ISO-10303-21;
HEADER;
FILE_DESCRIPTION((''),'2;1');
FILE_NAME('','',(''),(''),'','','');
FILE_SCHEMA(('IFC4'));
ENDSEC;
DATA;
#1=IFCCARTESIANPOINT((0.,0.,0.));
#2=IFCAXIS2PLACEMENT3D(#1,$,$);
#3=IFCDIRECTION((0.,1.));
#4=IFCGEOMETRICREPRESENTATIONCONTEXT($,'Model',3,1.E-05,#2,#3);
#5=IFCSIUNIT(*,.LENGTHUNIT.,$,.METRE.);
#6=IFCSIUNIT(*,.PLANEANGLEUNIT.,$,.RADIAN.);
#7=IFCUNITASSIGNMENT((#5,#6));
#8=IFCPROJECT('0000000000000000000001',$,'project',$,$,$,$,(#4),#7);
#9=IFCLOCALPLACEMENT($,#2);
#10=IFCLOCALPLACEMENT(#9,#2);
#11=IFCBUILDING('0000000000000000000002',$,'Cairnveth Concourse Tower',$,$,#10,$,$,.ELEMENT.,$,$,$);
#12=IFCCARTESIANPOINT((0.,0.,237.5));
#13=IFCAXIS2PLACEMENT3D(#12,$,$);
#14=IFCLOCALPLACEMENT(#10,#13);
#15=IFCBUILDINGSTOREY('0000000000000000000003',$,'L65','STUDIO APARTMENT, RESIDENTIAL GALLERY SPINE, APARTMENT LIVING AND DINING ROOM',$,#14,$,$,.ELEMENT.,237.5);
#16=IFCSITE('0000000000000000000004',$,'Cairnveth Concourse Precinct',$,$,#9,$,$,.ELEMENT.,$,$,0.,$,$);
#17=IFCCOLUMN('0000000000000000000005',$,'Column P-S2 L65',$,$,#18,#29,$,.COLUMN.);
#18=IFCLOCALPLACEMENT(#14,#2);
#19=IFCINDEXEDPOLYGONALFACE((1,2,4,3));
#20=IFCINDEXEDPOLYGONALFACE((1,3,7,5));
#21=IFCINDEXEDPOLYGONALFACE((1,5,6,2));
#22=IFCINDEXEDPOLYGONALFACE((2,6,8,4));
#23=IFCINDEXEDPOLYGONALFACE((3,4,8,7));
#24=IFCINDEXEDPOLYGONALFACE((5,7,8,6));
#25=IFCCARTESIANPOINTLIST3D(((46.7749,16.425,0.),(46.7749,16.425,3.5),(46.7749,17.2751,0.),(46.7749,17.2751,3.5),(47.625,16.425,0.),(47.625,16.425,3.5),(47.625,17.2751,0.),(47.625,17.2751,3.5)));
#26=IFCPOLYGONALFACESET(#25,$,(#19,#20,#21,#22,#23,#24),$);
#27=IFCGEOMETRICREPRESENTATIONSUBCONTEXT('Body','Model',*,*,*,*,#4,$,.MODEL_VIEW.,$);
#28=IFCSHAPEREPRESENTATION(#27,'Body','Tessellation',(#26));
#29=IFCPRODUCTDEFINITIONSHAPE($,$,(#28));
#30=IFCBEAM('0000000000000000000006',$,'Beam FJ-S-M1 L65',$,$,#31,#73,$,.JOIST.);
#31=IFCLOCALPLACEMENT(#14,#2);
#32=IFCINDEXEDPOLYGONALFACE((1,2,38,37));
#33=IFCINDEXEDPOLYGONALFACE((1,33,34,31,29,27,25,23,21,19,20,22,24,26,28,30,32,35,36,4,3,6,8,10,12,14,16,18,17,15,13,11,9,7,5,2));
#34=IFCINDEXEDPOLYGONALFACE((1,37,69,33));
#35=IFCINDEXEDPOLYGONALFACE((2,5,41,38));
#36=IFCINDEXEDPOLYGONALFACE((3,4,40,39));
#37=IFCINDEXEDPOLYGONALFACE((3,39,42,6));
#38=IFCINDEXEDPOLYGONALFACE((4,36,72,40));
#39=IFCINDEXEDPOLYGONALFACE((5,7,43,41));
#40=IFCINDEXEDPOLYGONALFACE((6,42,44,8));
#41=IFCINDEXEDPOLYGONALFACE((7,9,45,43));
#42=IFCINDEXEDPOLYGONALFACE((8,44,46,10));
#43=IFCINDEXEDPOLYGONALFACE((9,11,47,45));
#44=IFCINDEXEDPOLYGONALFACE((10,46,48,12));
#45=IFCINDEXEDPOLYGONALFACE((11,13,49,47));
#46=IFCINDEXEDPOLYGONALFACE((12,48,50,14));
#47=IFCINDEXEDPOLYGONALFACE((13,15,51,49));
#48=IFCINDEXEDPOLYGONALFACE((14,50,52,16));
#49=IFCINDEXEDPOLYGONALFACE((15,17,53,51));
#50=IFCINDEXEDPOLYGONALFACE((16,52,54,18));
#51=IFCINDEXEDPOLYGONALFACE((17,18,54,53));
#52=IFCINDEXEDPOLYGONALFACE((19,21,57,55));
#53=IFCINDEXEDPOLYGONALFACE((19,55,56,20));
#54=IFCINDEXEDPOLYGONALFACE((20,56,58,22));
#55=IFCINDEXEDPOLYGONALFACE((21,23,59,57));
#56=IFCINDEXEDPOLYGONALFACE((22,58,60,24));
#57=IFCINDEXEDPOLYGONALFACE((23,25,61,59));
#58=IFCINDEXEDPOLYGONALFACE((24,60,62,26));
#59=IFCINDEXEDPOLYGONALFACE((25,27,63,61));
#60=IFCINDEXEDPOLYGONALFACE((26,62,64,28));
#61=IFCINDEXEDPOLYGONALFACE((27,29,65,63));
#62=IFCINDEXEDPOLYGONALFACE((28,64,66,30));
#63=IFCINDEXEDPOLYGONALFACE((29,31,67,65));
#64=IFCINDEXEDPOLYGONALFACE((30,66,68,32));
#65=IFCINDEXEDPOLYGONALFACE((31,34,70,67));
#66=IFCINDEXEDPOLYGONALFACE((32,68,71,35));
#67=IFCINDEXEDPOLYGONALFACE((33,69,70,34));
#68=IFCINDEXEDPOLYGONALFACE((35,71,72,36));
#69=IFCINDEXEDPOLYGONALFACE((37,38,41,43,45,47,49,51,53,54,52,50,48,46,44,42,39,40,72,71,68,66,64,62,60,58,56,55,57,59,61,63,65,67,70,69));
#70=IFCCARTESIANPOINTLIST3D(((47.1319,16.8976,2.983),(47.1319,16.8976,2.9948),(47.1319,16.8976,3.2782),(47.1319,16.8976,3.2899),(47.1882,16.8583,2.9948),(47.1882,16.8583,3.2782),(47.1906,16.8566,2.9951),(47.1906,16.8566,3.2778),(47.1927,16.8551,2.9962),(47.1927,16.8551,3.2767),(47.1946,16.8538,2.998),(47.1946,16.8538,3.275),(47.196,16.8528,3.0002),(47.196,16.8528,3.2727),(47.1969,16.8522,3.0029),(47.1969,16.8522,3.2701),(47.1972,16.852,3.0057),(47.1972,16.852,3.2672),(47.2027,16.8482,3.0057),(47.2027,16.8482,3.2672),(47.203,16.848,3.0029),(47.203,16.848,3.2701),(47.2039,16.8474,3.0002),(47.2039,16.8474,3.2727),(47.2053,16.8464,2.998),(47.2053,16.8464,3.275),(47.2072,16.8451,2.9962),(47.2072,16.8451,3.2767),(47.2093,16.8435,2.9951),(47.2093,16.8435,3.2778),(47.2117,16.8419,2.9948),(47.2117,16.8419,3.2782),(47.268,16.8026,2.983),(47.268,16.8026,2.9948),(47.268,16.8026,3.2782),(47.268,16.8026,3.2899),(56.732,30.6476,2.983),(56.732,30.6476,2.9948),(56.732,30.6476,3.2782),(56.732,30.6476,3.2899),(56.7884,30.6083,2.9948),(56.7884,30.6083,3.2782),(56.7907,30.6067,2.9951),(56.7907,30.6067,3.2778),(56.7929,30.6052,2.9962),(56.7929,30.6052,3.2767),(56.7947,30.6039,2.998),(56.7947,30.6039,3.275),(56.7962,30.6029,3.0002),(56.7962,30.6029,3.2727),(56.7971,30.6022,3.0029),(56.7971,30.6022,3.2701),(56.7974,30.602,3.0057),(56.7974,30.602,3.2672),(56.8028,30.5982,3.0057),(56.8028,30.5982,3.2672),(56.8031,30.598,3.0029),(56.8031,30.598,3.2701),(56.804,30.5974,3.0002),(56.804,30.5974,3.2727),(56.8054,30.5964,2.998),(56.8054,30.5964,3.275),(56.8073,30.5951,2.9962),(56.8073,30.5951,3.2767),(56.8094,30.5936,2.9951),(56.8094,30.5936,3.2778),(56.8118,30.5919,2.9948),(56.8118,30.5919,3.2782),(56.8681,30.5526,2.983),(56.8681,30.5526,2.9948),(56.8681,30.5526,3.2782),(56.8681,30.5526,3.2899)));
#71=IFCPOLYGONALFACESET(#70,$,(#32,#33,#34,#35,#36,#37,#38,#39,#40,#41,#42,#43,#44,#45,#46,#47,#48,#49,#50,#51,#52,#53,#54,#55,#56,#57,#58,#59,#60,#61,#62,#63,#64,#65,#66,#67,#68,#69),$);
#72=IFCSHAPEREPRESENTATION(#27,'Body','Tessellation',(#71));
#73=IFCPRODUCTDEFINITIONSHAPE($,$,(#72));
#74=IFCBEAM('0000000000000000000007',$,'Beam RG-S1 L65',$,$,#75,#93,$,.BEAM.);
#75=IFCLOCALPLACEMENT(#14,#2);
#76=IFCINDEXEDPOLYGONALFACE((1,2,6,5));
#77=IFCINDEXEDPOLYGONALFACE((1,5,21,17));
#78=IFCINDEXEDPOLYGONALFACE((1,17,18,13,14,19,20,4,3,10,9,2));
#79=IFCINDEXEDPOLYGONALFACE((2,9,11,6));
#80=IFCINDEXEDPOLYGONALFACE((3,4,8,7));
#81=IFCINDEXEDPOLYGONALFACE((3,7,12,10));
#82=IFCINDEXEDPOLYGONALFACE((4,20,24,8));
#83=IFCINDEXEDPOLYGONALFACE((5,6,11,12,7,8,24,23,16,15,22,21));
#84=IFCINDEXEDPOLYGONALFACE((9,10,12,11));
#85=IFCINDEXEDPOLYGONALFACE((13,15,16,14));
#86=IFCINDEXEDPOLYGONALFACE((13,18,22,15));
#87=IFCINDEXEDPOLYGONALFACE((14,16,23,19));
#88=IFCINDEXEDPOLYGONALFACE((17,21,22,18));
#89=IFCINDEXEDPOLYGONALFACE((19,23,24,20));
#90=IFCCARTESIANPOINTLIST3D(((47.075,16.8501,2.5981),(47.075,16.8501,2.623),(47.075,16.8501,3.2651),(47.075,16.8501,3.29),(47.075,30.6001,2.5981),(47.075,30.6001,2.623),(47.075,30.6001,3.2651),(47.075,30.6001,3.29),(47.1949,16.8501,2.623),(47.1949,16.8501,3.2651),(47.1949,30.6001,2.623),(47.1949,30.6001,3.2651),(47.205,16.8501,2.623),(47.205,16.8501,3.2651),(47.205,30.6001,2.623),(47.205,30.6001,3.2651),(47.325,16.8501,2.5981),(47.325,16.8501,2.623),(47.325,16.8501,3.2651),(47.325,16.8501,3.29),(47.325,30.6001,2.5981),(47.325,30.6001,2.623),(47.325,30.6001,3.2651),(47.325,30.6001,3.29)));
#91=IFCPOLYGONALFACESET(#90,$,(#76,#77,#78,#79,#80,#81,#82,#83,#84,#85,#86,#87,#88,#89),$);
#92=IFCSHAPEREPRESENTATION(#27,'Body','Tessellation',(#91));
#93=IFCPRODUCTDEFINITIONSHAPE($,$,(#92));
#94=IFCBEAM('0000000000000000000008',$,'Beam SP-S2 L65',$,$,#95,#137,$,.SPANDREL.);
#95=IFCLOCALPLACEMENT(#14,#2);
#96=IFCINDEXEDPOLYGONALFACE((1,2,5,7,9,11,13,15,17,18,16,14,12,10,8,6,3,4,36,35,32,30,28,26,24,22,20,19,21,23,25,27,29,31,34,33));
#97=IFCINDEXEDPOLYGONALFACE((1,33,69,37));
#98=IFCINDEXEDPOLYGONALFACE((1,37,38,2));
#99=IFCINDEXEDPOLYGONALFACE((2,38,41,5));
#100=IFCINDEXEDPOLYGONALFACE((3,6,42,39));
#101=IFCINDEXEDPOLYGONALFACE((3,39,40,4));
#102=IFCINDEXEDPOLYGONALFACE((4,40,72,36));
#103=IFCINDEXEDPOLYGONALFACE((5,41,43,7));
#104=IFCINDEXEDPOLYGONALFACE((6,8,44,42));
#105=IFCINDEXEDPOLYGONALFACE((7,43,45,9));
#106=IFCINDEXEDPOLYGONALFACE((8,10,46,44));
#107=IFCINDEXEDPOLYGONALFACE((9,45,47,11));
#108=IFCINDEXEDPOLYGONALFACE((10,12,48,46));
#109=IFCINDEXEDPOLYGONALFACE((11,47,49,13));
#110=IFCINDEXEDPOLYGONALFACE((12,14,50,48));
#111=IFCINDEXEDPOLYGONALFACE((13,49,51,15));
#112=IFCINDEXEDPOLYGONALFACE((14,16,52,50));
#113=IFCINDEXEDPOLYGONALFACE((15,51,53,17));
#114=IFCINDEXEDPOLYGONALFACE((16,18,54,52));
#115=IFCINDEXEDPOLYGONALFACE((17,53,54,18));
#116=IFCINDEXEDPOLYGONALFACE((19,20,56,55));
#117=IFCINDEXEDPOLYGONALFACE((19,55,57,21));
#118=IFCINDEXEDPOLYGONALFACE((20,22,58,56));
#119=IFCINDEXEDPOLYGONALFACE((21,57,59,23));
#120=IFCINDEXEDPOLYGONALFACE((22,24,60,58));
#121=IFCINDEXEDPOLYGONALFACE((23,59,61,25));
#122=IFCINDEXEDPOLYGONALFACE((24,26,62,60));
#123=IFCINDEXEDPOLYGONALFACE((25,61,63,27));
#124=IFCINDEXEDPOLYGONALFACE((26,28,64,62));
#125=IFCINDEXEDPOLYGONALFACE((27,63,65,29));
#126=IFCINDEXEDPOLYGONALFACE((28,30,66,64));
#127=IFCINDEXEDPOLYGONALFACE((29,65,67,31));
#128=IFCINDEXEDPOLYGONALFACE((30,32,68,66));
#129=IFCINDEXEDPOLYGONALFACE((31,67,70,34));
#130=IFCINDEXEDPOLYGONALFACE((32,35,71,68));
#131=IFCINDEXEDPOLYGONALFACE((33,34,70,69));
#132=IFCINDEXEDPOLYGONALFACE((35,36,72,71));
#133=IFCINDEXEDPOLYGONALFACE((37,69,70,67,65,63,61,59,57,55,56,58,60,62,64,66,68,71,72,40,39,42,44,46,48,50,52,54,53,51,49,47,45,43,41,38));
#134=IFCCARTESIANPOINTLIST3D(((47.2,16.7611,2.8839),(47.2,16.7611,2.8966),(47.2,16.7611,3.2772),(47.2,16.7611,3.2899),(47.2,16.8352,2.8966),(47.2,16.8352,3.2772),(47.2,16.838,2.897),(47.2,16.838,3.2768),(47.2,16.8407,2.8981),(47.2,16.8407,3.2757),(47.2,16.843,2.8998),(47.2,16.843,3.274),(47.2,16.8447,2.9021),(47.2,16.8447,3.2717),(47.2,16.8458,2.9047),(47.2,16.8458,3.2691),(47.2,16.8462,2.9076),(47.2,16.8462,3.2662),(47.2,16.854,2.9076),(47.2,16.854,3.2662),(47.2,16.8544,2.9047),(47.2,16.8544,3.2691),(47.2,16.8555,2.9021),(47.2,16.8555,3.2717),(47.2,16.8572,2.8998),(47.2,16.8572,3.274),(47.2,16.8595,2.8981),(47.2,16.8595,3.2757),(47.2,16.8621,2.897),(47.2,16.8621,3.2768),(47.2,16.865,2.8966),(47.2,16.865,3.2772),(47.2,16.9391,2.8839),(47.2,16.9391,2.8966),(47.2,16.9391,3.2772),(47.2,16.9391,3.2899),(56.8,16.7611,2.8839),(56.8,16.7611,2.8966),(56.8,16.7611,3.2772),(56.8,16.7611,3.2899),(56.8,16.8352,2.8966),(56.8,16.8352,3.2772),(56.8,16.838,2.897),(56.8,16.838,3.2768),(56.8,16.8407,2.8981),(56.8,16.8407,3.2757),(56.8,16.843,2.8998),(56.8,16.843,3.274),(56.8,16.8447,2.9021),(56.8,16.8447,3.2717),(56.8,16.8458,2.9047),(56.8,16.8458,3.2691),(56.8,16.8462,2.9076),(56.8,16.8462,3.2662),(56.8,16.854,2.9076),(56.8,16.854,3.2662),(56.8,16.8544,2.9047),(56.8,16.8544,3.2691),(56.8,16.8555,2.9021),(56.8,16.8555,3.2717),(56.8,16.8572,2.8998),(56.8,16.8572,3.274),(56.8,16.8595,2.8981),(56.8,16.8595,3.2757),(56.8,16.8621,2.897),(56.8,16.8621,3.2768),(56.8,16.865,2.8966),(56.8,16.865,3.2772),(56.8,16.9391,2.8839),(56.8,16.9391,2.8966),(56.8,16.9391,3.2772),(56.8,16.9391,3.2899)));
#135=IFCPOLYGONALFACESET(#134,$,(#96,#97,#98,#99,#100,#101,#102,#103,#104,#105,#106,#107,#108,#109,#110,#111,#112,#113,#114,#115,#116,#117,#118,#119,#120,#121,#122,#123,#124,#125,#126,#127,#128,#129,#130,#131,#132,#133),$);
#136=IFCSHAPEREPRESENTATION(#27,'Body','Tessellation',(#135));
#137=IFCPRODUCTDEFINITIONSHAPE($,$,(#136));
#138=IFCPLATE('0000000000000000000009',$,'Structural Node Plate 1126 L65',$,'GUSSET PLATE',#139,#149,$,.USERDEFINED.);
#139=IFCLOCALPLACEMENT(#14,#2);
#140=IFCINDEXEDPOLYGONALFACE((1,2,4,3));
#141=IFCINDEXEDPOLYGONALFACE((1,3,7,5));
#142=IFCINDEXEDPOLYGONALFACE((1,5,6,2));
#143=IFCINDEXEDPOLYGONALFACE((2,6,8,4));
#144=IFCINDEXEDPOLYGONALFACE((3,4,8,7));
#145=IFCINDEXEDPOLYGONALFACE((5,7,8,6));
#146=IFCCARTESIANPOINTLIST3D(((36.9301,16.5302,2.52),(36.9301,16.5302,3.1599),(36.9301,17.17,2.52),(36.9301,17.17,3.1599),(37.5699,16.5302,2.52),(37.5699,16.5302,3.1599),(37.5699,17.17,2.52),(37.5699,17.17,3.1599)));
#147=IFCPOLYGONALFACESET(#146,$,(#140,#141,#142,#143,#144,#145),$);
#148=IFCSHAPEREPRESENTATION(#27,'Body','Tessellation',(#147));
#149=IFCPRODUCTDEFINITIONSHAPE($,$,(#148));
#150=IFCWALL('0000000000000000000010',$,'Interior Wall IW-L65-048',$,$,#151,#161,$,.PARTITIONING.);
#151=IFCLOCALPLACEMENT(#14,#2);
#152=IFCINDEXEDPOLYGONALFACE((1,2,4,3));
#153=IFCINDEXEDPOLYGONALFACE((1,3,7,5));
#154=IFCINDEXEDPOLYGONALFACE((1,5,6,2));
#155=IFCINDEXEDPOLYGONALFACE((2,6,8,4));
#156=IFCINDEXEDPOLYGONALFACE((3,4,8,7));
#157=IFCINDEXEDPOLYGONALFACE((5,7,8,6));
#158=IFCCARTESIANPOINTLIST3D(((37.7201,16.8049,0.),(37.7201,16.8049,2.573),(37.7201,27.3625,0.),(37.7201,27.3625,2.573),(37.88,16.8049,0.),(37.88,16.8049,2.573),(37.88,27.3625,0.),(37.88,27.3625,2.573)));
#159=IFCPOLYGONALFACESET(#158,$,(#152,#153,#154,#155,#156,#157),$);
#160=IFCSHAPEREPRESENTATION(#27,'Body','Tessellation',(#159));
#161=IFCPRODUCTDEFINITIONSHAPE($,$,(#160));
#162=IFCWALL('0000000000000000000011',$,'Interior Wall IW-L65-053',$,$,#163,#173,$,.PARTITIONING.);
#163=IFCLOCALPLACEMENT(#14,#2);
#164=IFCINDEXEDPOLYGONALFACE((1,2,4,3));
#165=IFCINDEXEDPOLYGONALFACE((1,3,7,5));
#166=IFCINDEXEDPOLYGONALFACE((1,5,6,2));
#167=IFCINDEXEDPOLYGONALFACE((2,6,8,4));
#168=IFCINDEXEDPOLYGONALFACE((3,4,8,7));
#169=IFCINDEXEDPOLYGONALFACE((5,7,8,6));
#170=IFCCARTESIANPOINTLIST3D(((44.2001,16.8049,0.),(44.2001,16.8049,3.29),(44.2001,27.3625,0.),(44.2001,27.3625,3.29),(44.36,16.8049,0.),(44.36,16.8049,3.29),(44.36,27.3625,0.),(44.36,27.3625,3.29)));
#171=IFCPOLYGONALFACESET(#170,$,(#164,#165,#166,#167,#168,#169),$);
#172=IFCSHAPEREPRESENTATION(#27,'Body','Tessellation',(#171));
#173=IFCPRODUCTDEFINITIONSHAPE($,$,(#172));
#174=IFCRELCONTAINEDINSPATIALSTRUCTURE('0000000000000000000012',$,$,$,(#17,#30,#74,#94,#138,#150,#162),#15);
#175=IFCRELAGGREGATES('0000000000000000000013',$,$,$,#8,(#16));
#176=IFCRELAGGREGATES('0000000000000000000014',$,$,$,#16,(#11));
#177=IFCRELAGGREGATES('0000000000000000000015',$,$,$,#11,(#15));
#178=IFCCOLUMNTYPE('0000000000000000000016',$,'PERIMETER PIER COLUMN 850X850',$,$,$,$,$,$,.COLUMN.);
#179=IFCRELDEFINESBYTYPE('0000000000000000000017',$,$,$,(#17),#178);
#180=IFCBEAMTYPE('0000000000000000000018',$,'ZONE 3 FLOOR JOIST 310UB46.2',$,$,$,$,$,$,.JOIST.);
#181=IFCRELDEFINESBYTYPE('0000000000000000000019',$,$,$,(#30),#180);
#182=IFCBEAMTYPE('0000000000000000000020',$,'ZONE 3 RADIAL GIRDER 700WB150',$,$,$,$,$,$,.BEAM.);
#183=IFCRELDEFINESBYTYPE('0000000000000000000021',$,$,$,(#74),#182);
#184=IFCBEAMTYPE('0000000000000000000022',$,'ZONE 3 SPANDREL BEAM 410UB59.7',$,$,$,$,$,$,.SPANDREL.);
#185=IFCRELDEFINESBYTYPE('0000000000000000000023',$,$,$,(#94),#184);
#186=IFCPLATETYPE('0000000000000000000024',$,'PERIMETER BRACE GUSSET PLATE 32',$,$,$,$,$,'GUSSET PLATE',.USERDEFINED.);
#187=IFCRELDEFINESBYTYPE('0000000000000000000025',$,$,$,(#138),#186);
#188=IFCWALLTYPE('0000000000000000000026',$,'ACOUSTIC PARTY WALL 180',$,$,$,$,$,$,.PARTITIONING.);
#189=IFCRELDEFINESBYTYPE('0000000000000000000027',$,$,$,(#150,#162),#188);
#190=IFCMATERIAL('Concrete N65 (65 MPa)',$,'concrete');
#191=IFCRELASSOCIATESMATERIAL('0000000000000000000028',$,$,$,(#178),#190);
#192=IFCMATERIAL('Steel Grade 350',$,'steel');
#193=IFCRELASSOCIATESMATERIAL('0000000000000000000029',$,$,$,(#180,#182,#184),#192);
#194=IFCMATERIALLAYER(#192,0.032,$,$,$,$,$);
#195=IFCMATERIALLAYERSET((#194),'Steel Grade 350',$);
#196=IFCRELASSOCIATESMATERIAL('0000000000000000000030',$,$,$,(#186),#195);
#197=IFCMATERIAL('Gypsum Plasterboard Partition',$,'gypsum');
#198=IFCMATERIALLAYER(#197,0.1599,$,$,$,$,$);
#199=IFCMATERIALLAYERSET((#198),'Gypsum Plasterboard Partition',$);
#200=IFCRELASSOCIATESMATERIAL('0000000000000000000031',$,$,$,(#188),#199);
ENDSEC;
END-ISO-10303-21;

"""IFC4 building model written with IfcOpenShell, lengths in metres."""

from ifc_helpers import new_model, si_unit, direction, frame, frame_2d, origin, origin_2d, place, context, subcontext, project, spatial, rectangle, i_section, extrude, material, layer, layer_set, material_profile, profile_set, type_object, element, save


model = new_model("IFC4")

# Units and contexts
model_context = context("Model", 3, precision=1e-05, world=origin(), true_north=direction((0.0, 1.0)))
body_context = subcontext(model_context, "Body", "Model", "MODEL_VIEW")
ifc_project = project(units=[si_unit("LENGTHUNIT", "METRE"), si_unit("PLANEANGLEUNIT", "RADIAN")], contexts=[model_context])

# Site, building, storey
site_placement = place(None, origin())
site = spatial("IfcSite", under=ifc_project, at=site_placement, Name="Cairnveth Concourse Precinct", CompositionType="ELEMENT", RefElevation=0.0)
building_placement = place(site_placement, origin())
building = spatial("IfcBuilding", under=site, at=building_placement, Name="Cairnveth Concourse Tower", CompositionType="ELEMENT")
storey_placement = place(building_placement, frame((0.0, 0.0, 237.5)))
storey = spatial("IfcBuildingStorey", under=building, at=storey_placement, Name="L65", Description="STUDIO APARTMENT, RESIDENTIAL GALLERY SPINE, APARTMENT LIVING AND DINING ROOM", CompositionType="ELEMENT", Elevation=237.5)

# Column
ifc_material_1 = material(Name="Concrete N65 (65 MPa)", Category="concrete")
ifc_material_profile_1 = material_profile(ifc_material_1, rectangle(XDim=0.8501, YDim=0.8501, at=origin_2d()), Name="RC-COL-850x850")
ifc_profile_set_1 = profile_set([ifc_material_profile_1], Name="Concrete N65 (65 MPa)")
column_type = type_object("IfcColumnType", Name="PERIMETER PIER COLUMN 850X850", PredefinedType="COLUMN", material=ifc_profile_set_1)
column_placement = place(storey_placement, frame((47.2, 16.8501, 0.0), z_axis=(0.0, 0.0, 1.0), x_axis=(1.0, 0.0, 0.0)))
element("IfcColumn", 1, at=column_placement, inside=storey, type_object=column_type, Name="Column P-S2 L65", PredefinedType="COLUMN", context=body_context, shape_type="SweptSolid", body=[
    extrude(rectangle(XDim=0.8501, YDim=0.8501, at=origin_2d()), origin(), (0.0, 0.0, 1.0), 3.5),
])

# Beams
ifc_material_2 = material(Name="Steel Grade 350", Category="steel")
ifc_material_profile_2 = material_profile(ifc_material_2, i_section(OverallWidth=0.166, OverallDepth=0.3069, WebThickness=0.0066, FlangeThickness=0.0117, FilletRadius=0.011, at=origin_2d()), Name="310UB46.2")
ifc_profile_set_2 = profile_set([ifc_material_profile_2], Name="Steel Grade 350")
beam_type_1 = type_object("IfcBeamType", Name="ZONE 3 FLOOR JOIST 310UB46.2", PredefinedType="JOIST", material=ifc_profile_set_2)
beam_1_placement = place(storey_placement, frame((47.2, 16.8501, 3.1365), z_axis=(0.572465, 0.819929, 0.0), x_axis=(-0.819929, 0.572465, 0.0)))
element("IfcBeam", 2, at=beam_1_placement, inside=storey, type_object=beam_type_1, Name="Beam FJ-S-M1 L65", PredefinedType="JOIST", context=body_context, shape_type="SweptSolid", body=[
    extrude(i_section(OverallWidth=0.166, OverallDepth=0.3069, WebThickness=0.0066, FlangeThickness=0.0117, FilletRadius=0.011, at=origin_2d()), origin(), (0.0, 0.0, 1.0), 16.7698),
])
ifc_material_profile_3 = material_profile(ifc_material_2, i_section(OverallWidth=0.25, OverallDepth=0.6919, WebThickness=0.01, FlangeThickness=0.0249, at=origin_2d()), Name="700WB150")
ifc_profile_set_3 = profile_set([ifc_material_profile_3], Name="Steel Grade 350")
beam_type_2 = type_object("IfcBeamType", Name="ZONE 3 RADIAL GIRDER 700WB150", PredefinedType="BEAM", material=ifc_profile_set_3)
beam_2_placement = place(storey_placement, frame((47.2, 16.8501, 2.9441), z_axis=(0.0, 1.0, 0.0), x_axis=(-1.0, 0.0, 0.0)))
element("IfcBeam", 3, at=beam_2_placement, inside=storey, type_object=beam_type_2, Name="Beam RG-S1 L65", PredefinedType="BEAM", context=body_context, shape_type="SweptSolid", body=[
    extrude(i_section(OverallWidth=0.25, OverallDepth=0.6919, WebThickness=0.01, FlangeThickness=0.0249, at=origin_2d()), origin(), (0.0, 0.0, 1.0), 13.75),
])
ifc_material_profile_4 = material_profile(ifc_material_2, i_section(OverallWidth=0.178, OverallDepth=0.406, WebThickness=0.0078, FlangeThickness=0.0127, FilletRadius=0.011, at=origin_2d()), Name="410UB59.7")
ifc_profile_set_4 = profile_set([ifc_material_profile_4], Name="Steel Grade 350")
beam_type_3 = type_object("IfcBeamType", Name="ZONE 3 SPANDREL BEAM 410UB59.7", PredefinedType="SPANDREL", material=ifc_profile_set_4)
beam_3_placement = place(storey_placement, frame((47.2, 16.8501, 3.0869), z_axis=(1.0, 0.0, 0.0), x_axis=(0.0, 1.0, 0.0)))
element("IfcBeam", 4, at=beam_3_placement, inside=storey, type_object=beam_type_3, Name="Beam SP-S2 L65", PredefinedType="SPANDREL", context=body_context, shape_type="SweptSolid", body=[
    extrude(i_section(OverallWidth=0.178, OverallDepth=0.406, WebThickness=0.0078, FlangeThickness=0.0127, FilletRadius=0.011, at=origin_2d()), origin(), (0.0, 0.0, 1.0), 9.6001),
])

# Plate
ifc_layer_1 = layer(ifc_material_2, 0.032)
ifc_layer_set_1 = layer_set([ifc_layer_1], Name="Steel Grade 350")
plate_type = type_object("IfcPlateType", Name="PERIMETER BRACE GUSSET PLATE 32", ElementType="GUSSET PLATE", PredefinedType="USERDEFINED", material=ifc_layer_set_1)
plate_placement = place(storey_placement, frame((37.25, 16.8501, 2.52), z_axis=(0.0, 0.0, 1.0), x_axis=(1.0, 0.0, 0.0)))
element("IfcPlate", 5, at=plate_placement, inside=storey, type_object=plate_type, Name="Structural Node Plate 1126 L65", ObjectType="GUSSET PLATE", PredefinedType="USERDEFINED", context=body_context, shape_type="SweptSolid", body=[
    extrude(rectangle(XDim=0.6399, YDim=0.6399, at=origin_2d()), origin(), (0.0, 0.0, 1.0), 0.6399),
])

# Walls
ifc_material_3 = material(Name="Gypsum Plasterboard Partition", Category="gypsum")
ifc_layer_2 = layer(ifc_material_3, 0.1599)
ifc_layer_set_2 = layer_set([ifc_layer_2], Name="Gypsum Plasterboard Partition")
wall_type_1 = type_object("IfcWallType", Name="ACOUSTIC PARTY WALL 180", PredefinedType="PARTITIONING", material=ifc_layer_set_2)
wall_1_placement = place(storey_placement, frame((37.8, 16.8049, 0.0), z_axis=(0.0, 0.0, 1.0), x_axis=(0.0, 1.0, 0.0)))
element("IfcWall", 6, at=wall_1_placement, inside=storey, type_object=wall_type_1, Name="Interior Wall IW-L65-048", PredefinedType="PARTITIONING", context=body_context, shape_type="SweptSolid", body=[
    extrude(rectangle(XDim=10.5576, YDim=0.1599, at=frame_2d((5.2788, 0.0))), origin(), (0.0, 0.0, 1.0), 2.573),
])
wall_2_placement = place(storey_placement, frame((44.28, 16.8049, 0.0), z_axis=(0.0, 0.0, 1.0), x_axis=(0.0, 1.0, 0.0)))
element("IfcWall", 7, at=wall_2_placement, inside=storey, type_object=wall_type_1, Name="Interior Wall IW-L65-053", PredefinedType="PARTITIONING", context=body_context, shape_type="SweptSolid", body=[
    extrude(rectangle(XDim=10.5576, YDim=0.1599, at=frame_2d((5.2788, 0.0))), origin(), (0.0, 0.0, 1.0), 3.29),
])

save(model, "model.ifc")
